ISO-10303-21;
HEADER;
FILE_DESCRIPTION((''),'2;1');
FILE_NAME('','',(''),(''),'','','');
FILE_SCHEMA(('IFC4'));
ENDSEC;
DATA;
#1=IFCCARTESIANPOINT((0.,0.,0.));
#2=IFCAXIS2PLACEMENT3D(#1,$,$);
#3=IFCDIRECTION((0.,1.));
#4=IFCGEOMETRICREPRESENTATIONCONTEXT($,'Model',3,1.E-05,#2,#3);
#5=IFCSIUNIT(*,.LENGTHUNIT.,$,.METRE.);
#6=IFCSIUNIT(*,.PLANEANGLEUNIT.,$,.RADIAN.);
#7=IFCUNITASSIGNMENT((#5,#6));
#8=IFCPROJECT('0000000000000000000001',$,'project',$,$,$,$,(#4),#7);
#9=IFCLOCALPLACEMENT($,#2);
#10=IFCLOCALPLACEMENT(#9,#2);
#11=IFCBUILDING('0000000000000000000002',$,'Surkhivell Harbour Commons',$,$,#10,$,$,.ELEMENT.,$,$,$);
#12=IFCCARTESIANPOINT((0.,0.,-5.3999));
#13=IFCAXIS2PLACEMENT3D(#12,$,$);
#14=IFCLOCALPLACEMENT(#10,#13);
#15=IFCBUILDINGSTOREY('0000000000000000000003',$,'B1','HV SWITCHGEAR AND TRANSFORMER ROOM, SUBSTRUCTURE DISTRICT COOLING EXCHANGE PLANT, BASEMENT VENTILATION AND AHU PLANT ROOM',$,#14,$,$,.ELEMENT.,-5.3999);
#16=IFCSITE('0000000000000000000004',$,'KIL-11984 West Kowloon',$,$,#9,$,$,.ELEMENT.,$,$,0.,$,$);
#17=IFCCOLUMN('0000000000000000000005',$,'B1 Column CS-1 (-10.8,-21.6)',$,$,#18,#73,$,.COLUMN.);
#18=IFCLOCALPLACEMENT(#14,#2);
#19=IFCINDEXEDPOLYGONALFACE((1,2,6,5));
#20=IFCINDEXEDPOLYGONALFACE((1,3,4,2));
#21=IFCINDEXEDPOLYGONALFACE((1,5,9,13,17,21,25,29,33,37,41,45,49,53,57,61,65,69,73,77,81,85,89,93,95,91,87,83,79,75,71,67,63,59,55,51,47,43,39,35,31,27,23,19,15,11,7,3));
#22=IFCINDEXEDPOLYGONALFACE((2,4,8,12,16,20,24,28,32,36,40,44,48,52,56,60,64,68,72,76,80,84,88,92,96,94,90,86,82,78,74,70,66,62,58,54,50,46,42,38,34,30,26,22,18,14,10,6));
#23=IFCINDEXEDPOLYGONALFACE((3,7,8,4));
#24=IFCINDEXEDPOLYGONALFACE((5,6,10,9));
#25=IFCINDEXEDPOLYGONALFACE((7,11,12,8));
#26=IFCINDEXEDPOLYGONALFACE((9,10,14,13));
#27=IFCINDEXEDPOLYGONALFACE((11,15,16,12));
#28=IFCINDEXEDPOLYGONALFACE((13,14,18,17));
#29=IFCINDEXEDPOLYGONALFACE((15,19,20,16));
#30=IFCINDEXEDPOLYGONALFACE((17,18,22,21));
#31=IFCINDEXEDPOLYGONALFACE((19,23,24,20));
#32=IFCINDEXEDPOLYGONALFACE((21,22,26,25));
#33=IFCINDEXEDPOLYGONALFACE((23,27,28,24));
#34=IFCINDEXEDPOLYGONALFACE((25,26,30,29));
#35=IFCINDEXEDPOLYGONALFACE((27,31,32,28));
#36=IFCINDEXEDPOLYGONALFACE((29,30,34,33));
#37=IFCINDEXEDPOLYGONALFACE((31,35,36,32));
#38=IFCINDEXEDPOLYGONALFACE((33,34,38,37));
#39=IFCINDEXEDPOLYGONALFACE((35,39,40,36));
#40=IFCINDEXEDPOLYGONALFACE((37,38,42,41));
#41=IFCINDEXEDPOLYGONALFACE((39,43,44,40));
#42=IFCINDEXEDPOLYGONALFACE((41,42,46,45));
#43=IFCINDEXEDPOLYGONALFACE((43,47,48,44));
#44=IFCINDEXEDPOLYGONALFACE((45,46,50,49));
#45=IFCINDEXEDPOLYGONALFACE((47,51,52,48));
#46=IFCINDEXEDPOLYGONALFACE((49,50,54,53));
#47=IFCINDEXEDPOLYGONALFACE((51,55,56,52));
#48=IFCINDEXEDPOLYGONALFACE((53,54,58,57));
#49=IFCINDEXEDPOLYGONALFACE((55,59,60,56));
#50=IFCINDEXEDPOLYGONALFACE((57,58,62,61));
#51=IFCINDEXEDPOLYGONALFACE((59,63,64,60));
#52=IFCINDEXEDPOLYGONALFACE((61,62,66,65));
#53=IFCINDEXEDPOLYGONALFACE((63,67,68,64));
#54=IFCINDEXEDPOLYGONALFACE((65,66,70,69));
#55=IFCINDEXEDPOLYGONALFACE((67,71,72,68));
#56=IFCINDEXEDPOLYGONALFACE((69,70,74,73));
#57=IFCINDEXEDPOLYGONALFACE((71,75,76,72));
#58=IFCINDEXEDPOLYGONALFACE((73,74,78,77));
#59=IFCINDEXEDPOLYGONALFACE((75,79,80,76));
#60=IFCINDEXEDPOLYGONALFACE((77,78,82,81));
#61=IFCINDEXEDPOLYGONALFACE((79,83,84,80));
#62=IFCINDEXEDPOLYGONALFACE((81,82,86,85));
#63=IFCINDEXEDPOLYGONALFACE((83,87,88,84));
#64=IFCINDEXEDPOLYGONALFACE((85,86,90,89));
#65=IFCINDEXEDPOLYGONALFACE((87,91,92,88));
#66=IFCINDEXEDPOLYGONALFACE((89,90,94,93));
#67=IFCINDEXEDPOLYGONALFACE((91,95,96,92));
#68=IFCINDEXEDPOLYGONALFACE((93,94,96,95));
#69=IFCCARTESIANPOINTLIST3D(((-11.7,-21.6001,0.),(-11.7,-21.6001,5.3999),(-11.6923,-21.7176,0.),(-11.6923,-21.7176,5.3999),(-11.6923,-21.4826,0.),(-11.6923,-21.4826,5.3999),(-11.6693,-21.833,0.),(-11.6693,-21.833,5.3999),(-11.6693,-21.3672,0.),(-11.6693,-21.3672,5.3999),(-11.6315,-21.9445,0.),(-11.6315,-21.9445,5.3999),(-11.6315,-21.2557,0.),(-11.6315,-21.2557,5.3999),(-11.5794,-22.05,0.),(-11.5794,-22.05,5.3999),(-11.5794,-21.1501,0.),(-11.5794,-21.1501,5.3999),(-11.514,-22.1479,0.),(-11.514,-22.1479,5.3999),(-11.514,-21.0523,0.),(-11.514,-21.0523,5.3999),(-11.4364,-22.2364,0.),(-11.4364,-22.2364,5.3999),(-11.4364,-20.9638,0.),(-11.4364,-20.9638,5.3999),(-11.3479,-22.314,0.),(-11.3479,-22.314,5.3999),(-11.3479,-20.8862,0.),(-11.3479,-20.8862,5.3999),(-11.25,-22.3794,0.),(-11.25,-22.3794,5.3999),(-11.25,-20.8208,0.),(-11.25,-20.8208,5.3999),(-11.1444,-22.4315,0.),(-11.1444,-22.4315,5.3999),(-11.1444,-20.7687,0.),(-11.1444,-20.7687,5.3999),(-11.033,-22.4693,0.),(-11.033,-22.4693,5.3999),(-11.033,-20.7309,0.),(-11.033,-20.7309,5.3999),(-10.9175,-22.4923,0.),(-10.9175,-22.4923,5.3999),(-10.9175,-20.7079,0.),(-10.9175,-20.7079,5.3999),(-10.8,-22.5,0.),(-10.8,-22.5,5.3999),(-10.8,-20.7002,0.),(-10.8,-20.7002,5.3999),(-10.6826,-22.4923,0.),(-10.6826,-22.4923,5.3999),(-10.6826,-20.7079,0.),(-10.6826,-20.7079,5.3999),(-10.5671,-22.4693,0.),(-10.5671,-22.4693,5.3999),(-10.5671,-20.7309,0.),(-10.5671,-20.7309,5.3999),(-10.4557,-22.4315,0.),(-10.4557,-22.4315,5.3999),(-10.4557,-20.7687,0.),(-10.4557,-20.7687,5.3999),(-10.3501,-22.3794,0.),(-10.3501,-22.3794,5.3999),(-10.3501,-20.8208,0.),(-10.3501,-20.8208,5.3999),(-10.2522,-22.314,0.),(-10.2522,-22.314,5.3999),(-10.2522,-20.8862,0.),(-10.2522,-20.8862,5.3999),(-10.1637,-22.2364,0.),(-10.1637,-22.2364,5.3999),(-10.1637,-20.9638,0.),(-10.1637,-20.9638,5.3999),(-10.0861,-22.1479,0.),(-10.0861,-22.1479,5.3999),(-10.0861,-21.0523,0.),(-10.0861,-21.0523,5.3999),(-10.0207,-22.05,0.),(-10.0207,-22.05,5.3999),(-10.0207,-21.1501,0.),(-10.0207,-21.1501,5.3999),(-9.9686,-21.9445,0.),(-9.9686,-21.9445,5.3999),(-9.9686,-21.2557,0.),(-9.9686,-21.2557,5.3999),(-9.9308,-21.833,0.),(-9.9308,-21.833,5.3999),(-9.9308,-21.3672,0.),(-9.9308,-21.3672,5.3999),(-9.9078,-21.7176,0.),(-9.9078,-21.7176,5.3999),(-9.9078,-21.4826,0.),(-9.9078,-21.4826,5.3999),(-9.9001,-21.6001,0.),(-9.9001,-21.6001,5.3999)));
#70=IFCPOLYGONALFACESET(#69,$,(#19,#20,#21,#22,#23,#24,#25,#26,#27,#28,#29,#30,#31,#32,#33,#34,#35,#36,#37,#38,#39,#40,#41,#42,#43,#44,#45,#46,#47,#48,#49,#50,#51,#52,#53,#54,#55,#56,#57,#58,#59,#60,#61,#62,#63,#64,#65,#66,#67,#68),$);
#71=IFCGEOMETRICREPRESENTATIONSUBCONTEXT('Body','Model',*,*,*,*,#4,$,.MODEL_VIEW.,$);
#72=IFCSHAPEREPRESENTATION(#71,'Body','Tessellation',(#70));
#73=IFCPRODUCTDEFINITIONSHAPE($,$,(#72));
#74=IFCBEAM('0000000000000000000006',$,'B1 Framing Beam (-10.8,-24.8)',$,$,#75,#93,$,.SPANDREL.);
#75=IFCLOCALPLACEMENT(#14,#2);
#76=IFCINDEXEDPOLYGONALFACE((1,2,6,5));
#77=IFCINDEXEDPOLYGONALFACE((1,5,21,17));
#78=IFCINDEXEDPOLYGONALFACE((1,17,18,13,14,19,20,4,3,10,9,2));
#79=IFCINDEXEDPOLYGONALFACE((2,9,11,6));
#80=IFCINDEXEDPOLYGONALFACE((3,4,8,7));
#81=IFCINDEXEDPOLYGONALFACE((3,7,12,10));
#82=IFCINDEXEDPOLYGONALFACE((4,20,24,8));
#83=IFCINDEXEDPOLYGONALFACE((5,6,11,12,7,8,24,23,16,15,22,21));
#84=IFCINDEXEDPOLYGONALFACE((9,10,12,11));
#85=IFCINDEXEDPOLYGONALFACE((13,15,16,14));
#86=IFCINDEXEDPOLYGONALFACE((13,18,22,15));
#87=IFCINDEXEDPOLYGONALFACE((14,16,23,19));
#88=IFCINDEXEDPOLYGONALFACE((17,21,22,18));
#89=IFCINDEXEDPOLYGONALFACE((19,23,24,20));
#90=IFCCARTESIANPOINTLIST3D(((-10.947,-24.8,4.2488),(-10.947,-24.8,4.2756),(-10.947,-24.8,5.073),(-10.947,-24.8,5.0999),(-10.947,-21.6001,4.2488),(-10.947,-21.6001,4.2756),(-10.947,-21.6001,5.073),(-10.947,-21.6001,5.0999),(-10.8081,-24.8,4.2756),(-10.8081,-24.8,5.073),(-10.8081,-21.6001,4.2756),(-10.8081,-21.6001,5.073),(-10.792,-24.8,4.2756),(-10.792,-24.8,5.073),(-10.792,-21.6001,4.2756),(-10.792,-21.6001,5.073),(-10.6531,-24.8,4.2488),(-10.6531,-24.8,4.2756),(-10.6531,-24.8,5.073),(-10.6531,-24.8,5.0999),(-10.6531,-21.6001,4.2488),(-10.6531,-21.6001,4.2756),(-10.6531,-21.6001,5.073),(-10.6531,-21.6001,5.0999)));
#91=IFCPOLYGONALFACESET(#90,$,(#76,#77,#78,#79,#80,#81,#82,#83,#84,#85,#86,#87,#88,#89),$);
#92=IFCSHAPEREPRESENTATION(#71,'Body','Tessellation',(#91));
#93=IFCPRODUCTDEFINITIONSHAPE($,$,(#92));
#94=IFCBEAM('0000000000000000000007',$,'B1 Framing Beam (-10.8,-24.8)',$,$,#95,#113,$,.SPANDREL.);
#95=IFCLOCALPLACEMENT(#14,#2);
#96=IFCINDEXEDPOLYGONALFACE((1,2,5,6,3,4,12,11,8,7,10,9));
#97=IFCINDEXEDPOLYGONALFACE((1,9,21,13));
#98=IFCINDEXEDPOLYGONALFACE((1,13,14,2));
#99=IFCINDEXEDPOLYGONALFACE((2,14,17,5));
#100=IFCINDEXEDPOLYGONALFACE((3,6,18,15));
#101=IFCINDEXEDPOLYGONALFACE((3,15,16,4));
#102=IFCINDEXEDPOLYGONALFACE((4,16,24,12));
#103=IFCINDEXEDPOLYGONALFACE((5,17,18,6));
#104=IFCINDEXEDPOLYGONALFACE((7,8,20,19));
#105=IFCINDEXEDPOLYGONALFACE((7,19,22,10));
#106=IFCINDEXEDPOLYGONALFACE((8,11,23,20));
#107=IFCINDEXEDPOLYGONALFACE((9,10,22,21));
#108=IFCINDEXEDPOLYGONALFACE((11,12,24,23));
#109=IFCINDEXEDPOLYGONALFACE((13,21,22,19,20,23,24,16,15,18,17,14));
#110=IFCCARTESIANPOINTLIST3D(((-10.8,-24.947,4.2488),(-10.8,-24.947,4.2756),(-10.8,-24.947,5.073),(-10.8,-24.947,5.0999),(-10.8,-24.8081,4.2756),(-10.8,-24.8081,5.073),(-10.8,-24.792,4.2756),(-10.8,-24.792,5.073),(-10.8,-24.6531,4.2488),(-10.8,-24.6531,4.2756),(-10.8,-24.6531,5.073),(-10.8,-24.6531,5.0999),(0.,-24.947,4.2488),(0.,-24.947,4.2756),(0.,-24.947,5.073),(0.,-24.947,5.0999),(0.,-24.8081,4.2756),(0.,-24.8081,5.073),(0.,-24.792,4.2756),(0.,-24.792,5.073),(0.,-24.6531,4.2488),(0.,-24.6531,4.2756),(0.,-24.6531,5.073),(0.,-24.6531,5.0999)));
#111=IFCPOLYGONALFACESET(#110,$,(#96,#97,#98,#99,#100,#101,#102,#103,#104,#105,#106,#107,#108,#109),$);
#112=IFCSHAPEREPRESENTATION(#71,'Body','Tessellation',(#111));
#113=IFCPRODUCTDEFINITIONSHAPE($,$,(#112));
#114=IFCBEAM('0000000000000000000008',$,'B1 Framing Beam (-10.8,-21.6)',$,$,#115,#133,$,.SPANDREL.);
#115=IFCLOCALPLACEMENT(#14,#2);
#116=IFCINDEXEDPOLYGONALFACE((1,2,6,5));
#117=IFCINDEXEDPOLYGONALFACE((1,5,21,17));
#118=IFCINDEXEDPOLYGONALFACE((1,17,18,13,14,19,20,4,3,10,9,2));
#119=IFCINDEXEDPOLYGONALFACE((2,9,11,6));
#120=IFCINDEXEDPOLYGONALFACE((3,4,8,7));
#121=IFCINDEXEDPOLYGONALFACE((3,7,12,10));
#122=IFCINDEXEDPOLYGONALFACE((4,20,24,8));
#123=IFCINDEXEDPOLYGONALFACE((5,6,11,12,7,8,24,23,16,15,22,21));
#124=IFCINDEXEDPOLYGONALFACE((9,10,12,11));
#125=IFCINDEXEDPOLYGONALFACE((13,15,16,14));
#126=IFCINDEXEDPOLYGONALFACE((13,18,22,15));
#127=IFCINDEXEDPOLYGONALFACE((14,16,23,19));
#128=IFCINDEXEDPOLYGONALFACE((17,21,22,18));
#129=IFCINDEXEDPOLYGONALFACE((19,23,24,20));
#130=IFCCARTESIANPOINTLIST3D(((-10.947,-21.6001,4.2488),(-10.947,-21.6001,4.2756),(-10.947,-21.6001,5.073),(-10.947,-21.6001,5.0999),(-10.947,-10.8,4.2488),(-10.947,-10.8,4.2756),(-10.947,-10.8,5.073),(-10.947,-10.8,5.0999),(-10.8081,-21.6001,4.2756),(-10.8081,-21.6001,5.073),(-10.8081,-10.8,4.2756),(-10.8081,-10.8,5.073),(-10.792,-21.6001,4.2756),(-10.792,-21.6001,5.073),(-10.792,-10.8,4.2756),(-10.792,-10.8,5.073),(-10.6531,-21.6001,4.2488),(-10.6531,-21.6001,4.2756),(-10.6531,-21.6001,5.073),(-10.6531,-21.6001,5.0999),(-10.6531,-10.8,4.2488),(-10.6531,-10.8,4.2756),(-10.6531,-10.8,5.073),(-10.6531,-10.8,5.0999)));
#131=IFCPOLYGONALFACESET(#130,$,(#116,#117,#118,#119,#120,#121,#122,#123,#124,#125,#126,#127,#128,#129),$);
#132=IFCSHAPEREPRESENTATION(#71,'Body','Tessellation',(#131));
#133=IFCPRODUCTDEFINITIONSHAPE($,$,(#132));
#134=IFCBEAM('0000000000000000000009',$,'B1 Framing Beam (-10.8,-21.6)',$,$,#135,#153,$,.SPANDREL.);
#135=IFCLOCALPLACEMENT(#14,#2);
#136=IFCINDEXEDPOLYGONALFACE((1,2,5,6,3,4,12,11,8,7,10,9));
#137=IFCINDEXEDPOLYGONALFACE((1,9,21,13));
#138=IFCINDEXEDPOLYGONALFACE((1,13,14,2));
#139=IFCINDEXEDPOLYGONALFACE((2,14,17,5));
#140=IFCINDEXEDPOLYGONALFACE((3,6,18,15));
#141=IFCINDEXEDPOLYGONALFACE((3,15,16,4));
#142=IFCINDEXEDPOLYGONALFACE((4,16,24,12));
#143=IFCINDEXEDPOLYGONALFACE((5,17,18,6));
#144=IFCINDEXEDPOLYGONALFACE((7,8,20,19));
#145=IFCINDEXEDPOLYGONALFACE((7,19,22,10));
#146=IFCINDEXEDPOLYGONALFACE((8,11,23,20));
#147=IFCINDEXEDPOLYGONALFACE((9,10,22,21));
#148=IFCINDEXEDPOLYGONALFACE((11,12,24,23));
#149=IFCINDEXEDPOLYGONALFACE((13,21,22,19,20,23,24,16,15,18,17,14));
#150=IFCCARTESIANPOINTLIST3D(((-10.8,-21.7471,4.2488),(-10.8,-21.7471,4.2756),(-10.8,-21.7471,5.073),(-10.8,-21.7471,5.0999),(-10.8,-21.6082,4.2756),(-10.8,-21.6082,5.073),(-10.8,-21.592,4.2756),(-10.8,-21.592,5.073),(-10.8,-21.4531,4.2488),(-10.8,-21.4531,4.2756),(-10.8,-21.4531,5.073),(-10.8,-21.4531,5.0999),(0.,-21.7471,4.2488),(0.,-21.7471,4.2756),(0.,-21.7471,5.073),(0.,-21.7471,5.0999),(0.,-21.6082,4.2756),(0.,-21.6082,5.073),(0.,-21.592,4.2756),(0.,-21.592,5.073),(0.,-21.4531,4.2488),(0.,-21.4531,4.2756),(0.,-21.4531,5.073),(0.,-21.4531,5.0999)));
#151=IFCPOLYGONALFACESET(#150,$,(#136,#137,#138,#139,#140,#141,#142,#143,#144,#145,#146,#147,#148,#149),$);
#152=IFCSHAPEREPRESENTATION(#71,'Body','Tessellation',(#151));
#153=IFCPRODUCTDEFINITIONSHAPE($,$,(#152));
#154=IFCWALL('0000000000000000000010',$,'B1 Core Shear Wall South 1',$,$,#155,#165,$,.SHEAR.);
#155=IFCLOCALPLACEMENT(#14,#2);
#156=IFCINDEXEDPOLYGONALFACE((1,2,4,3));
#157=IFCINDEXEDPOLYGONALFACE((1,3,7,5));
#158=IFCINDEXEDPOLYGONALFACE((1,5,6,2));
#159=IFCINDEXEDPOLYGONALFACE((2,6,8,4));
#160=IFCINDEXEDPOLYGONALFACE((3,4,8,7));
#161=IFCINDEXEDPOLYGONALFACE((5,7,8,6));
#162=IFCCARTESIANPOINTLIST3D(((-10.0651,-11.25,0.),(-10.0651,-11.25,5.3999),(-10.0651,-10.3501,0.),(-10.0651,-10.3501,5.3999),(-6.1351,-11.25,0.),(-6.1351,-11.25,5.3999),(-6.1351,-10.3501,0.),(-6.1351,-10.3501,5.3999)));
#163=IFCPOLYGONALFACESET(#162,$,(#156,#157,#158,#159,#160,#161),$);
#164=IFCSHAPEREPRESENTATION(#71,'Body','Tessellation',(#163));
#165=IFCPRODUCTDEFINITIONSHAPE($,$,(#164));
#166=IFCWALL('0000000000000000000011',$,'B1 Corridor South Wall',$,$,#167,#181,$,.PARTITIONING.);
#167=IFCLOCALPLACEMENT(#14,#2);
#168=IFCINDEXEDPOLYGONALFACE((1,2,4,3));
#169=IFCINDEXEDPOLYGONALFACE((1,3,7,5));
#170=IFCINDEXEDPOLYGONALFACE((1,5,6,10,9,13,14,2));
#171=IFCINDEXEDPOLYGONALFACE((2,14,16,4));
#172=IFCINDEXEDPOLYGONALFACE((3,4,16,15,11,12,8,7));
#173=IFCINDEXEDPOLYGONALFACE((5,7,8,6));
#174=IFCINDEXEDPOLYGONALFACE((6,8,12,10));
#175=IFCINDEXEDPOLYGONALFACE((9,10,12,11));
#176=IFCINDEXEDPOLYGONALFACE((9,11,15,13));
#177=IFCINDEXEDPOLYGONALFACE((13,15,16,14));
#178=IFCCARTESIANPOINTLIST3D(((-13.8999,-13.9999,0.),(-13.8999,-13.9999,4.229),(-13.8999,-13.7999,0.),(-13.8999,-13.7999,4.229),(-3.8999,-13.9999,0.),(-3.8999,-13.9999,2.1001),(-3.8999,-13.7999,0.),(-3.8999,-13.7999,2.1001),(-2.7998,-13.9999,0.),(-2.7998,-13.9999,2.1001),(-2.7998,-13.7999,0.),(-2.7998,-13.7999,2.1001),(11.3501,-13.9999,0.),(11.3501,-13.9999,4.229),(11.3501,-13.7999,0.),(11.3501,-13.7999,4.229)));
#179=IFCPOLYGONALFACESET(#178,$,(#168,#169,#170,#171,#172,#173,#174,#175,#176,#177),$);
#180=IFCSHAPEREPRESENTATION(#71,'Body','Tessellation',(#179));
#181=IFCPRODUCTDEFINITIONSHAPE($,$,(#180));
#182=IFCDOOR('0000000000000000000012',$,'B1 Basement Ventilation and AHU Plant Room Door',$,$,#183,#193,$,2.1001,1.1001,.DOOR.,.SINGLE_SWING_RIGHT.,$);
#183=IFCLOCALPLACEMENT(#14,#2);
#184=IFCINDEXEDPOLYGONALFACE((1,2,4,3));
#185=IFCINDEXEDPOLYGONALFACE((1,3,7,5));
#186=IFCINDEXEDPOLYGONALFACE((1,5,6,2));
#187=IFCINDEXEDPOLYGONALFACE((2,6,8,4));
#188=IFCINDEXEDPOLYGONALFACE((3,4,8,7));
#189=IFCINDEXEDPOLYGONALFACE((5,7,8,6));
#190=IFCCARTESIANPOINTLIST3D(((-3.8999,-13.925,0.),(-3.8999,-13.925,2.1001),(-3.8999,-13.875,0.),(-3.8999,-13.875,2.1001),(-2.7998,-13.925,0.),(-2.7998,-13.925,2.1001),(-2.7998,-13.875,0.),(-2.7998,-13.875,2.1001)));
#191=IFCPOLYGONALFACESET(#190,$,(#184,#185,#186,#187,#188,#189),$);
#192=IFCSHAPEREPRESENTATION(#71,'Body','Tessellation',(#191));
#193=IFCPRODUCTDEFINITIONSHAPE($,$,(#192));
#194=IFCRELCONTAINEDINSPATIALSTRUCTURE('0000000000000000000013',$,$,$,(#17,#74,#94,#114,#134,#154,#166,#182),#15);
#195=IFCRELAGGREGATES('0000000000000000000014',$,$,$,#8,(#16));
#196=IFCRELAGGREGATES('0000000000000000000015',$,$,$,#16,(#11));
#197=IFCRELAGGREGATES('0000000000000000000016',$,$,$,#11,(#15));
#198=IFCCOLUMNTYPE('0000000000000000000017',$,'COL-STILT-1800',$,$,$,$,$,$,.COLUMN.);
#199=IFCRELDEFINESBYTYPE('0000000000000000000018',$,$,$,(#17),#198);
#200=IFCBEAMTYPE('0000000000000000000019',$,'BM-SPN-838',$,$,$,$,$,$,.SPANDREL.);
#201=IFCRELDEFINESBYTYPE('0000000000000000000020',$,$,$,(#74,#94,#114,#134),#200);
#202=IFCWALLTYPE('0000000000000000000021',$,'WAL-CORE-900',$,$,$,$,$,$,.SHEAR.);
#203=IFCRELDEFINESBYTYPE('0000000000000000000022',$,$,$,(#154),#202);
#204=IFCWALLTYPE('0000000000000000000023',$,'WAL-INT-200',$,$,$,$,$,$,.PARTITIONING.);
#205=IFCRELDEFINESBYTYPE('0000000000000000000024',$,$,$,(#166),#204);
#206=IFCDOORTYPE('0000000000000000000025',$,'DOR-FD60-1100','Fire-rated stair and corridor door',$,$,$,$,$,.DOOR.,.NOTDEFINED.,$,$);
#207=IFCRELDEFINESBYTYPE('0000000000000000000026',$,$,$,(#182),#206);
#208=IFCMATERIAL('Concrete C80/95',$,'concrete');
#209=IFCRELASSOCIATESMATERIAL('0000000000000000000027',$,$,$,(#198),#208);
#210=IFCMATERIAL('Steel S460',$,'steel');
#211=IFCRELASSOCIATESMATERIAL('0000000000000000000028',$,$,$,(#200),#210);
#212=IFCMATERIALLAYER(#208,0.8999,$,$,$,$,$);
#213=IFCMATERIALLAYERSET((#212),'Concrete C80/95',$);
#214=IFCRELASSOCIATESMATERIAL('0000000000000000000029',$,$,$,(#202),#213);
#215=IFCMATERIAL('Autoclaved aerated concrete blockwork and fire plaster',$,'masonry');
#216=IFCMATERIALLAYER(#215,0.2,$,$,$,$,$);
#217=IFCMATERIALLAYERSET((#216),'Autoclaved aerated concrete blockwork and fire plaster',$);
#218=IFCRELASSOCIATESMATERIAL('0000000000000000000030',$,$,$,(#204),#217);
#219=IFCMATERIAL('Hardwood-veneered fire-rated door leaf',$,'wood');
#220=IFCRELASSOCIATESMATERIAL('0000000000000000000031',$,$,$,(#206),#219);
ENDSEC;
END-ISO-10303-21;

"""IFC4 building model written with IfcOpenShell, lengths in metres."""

from ifc_helpers import new_model, si_unit, direction, frame, frame_2d, origin, origin_2d, place, context, subcontext, project, spatial, rectangle, circle, i_section, extrude, material, layer, layer_set, material_profile, profile_set, type_object, element, fill, save


model = new_model("IFC4")

# Units and contexts
model_context = context("Model", 3, precision=1e-05, world=origin(), true_north=direction((0.0, 1.0)))
body_context = subcontext(model_context, "Body", "Model", "MODEL_VIEW")
ifc_project = project(units=[si_unit("LENGTHUNIT", "METRE"), si_unit("PLANEANGLEUNIT", "RADIAN")], contexts=[model_context])

# Site, building, storey
site_placement = place(None, origin())
site = spatial("IfcSite", under=ifc_project, at=site_placement, Name="KIL-11984 West Kowloon", CompositionType="ELEMENT", RefElevation=0.0)
building_placement = place(site_placement, origin())
building = spatial("IfcBuilding", under=site, at=building_placement, Name="Surkhivell Harbour Commons", CompositionType="ELEMENT")
storey_placement = place(building_placement, frame((0.0, 0.0, -5.3999)))
storey = spatial("IfcBuildingStorey", under=building, at=storey_placement, Name="B1", Description="HV SWITCHGEAR AND TRANSFORMER ROOM, SUBSTRUCTURE DISTRICT COOLING EXCHANGE PLANT, BASEMENT VENTILATION AND AHU PLANT ROOM", CompositionType="ELEMENT", Elevation=-5.3999)

# Column
ifc_material_1 = material(Name="Concrete C80/95", Category="concrete")
ifc_material_profile_1 = material_profile(ifc_material_1, circle(Radius=0.8999, at=origin_2d()), Name="RC-CIRC-1800")
ifc_profile_set_1 = profile_set([ifc_material_profile_1], Name="Concrete C80/95")
column_type_1 = type_object("IfcColumnType", Name="COL-STILT-1800", PredefinedType="COLUMN", material=ifc_profile_set_1)
column_1_placement = place(storey_placement, frame((-10.8, -21.6001, 0.0), z_axis=(0.0, 0.0, 1.0), x_axis=(1.0, 0.0, 0.0)))
element("IfcColumn", 1, at=column_1_placement, inside=storey, type_object=column_type_1, Name="B1 Column CS-1 (-10.8,-21.6)", PredefinedType="COLUMN", context=body_context, shape_type="SweptSolid", body=[
    extrude(circle(Radius=0.8999, at=origin_2d()), origin(), (0.0, 0.0, 1.0), 5.3999),
])

# Beams
ifc_material_2 = material(Name="Steel S460", Category="steel")
ifc_material_profile_2 = material_profile(ifc_material_2, i_section(OverallWidth=0.2939, OverallDepth=0.8511, WebThickness=0.0161, FlangeThickness=0.0269, at=origin_2d()), Name="UB838x292x226")
ifc_profile_set_2 = profile_set([ifc_material_profile_2], Name="Steel S460")
beam_type = type_object("IfcBeamType", Name="BM-SPN-838", PredefinedType="SPANDREL", material=ifc_profile_set_2)
beam_placement = place(storey_placement, frame((-10.8, -24.8, 4.6743), z_axis=(0.0, 1.0, 0.0), x_axis=(-1.0, 0.0, 0.0)))
element("IfcBeam", 2, at=beam_placement, inside=storey, type_object=beam_type, Name="B1 Framing Beam (-10.8,-24.8)", PredefinedType="SPANDREL", context=body_context, shape_type="SweptSolid", body=[
    extrude(i_section(OverallWidth=0.2939, OverallDepth=0.8511, WebThickness=0.0161, FlangeThickness=0.0269, at=origin_2d()), origin(), (0.0, 0.0, 1.0), 3.2),
])
for number, where, z_axis, x_axis, name in (
    (3, (-10.8, -24.8, 4.6743), (1.0, 0.0, 0.0), (0.0, 1.0, 0.0), "B1 Framing Beam (-10.8,-24.8)"),
    (4, (-10.8, -21.6001, 4.6743), (0.0, 1.0, 0.0), (-1.0, 0.0, 0.0), "B1 Framing Beam (-10.8,-21.6)"),
    (5, (-10.8, -21.6001, 4.6743), (1.0, 0.0, 0.0), (0.0, 1.0, 0.0), "B1 Framing Beam (-10.8,-21.6)"),
):
    element("IfcBeam", number, at=place(storey_placement, frame(where, z_axis=z_axis, x_axis=x_axis)), inside=storey, type_object=beam_type, Name=name, PredefinedType="SPANDREL", context=body_context, shape_type="SweptSolid", body=[
        extrude(i_section(OverallWidth=0.2939, OverallDepth=0.8511, WebThickness=0.0161, FlangeThickness=0.0269, at=origin_2d()), origin(), (0.0, 0.0, 1.0), 10.8),
    ])

# Wall
ifc_layer_1 = layer(ifc_material_1, 0.8999)
ifc_layer_set_1 = layer_set([ifc_layer_1], Name="Concrete C80/95")
wall_type_1 = type_object("IfcWallType", Name="WAL-CORE-900", PredefinedType="SHEAR", material=ifc_layer_set_1)
wall_1_placement = place(storey_placement, frame((-10.0649, -10.8, 0.0), z_axis=(0.0, 0.0, 1.0), x_axis=(1.0, 0.0, 0.0)))
element("IfcWall", 6, at=wall_1_placement, inside=storey, type_object=wall_type_1, Name="B1 Core Shear Wall South 1", PredefinedType="SHEAR", context=body_context, shape_type="SweptSolid", body=[
    extrude(rectangle(XDim=3.9299, YDim=0.8999, at=frame_2d((1.9648, 0.0))), origin(), (0.0, 0.0, 1.0), 5.3999),
])

# Wall, opening, door
ifc_material_3 = material(Name="Autoclaved aerated concrete blockwork and fire plaster", Category="masonry")
ifc_layer_2 = layer(ifc_material_3, 0.2)
ifc_layer_set_2 = layer_set([ifc_layer_2], Name="Autoclaved aerated concrete blockwork and fire plaster")
wall_type_2 = type_object("IfcWallType", Name="WAL-INT-200", PredefinedType="PARTITIONING", material=ifc_layer_set_2)
wall_2_placement = place(storey_placement, frame((-13.8999, -13.8999, 0.0), z_axis=(0.0, 0.0, 1.0), x_axis=(1.0, 0.0, 0.0)))
wall_2 = element("IfcWall", 7, at=wall_2_placement, inside=storey, type_object=wall_type_2, Name="B1 Corridor South Wall", PredefinedType="PARTITIONING", context=body_context, shape_type="SweptSolid", body=[
    extrude(rectangle(XDim=25.25, YDim=0.2, at=frame_2d((12.625, 0.0))), origin(), (0.0, 0.0, 1.0), 4.229),
])
opening_1_placement = place(wall_2_placement, frame((10.0, 0.0, 0.0)))
opening_1 = element("IfcOpeningElement", 8, at=opening_1_placement, cuts=wall_2, PredefinedType="OPENING", context=body_context, shape_type="SweptSolid", body=[
    extrude(rectangle(XDim=1.1001, YDim=2.1001, at=frame_2d((0.55, 1.05))), frame((0.0, 0.1099, 0.0), z_axis=(0.0, -1.0, 0.0), x_axis=(1.0, 0.0, 0.0)), (0.0, 0.0, 1.0), 0.22),
])
ifc_material_4 = material(Name="Hardwood-veneered fire-rated door leaf", Category="wood")
door_type = type_object("IfcDoorType", Name="DOR-FD60-1100", Description="Fire-rated stair and corridor door", OperationType="NOTDEFINED", PredefinedType="DOOR", material=ifc_material_4)
door_1_placement = place(opening_1_placement, origin())
door_1 = element("IfcDoor", 9, at=door_1_placement, inside=storey, type_object=door_type, Name="B1 Basement Ventilation and AHU Plant Room Door", OperationType="SINGLE_SWING_RIGHT", OverallHeight=2.1001, OverallWidth=1.1001, PredefinedType="DOOR", context=body_context, shape_type="SweptSolid", body=[
    extrude(rectangle(XDim=1.1001, YDim=2.1001, at=frame_2d((0.55, 1.05))), frame((0.0, 0.0249, 0.0), z_axis=(0.0, -1.0, 0.0), x_axis=(1.0, 0.0, 0.0)), (0.0, 0.0, 1.0), 0.05),
])
fill(opening_1, door_1)

save(model, "model.ifc")
